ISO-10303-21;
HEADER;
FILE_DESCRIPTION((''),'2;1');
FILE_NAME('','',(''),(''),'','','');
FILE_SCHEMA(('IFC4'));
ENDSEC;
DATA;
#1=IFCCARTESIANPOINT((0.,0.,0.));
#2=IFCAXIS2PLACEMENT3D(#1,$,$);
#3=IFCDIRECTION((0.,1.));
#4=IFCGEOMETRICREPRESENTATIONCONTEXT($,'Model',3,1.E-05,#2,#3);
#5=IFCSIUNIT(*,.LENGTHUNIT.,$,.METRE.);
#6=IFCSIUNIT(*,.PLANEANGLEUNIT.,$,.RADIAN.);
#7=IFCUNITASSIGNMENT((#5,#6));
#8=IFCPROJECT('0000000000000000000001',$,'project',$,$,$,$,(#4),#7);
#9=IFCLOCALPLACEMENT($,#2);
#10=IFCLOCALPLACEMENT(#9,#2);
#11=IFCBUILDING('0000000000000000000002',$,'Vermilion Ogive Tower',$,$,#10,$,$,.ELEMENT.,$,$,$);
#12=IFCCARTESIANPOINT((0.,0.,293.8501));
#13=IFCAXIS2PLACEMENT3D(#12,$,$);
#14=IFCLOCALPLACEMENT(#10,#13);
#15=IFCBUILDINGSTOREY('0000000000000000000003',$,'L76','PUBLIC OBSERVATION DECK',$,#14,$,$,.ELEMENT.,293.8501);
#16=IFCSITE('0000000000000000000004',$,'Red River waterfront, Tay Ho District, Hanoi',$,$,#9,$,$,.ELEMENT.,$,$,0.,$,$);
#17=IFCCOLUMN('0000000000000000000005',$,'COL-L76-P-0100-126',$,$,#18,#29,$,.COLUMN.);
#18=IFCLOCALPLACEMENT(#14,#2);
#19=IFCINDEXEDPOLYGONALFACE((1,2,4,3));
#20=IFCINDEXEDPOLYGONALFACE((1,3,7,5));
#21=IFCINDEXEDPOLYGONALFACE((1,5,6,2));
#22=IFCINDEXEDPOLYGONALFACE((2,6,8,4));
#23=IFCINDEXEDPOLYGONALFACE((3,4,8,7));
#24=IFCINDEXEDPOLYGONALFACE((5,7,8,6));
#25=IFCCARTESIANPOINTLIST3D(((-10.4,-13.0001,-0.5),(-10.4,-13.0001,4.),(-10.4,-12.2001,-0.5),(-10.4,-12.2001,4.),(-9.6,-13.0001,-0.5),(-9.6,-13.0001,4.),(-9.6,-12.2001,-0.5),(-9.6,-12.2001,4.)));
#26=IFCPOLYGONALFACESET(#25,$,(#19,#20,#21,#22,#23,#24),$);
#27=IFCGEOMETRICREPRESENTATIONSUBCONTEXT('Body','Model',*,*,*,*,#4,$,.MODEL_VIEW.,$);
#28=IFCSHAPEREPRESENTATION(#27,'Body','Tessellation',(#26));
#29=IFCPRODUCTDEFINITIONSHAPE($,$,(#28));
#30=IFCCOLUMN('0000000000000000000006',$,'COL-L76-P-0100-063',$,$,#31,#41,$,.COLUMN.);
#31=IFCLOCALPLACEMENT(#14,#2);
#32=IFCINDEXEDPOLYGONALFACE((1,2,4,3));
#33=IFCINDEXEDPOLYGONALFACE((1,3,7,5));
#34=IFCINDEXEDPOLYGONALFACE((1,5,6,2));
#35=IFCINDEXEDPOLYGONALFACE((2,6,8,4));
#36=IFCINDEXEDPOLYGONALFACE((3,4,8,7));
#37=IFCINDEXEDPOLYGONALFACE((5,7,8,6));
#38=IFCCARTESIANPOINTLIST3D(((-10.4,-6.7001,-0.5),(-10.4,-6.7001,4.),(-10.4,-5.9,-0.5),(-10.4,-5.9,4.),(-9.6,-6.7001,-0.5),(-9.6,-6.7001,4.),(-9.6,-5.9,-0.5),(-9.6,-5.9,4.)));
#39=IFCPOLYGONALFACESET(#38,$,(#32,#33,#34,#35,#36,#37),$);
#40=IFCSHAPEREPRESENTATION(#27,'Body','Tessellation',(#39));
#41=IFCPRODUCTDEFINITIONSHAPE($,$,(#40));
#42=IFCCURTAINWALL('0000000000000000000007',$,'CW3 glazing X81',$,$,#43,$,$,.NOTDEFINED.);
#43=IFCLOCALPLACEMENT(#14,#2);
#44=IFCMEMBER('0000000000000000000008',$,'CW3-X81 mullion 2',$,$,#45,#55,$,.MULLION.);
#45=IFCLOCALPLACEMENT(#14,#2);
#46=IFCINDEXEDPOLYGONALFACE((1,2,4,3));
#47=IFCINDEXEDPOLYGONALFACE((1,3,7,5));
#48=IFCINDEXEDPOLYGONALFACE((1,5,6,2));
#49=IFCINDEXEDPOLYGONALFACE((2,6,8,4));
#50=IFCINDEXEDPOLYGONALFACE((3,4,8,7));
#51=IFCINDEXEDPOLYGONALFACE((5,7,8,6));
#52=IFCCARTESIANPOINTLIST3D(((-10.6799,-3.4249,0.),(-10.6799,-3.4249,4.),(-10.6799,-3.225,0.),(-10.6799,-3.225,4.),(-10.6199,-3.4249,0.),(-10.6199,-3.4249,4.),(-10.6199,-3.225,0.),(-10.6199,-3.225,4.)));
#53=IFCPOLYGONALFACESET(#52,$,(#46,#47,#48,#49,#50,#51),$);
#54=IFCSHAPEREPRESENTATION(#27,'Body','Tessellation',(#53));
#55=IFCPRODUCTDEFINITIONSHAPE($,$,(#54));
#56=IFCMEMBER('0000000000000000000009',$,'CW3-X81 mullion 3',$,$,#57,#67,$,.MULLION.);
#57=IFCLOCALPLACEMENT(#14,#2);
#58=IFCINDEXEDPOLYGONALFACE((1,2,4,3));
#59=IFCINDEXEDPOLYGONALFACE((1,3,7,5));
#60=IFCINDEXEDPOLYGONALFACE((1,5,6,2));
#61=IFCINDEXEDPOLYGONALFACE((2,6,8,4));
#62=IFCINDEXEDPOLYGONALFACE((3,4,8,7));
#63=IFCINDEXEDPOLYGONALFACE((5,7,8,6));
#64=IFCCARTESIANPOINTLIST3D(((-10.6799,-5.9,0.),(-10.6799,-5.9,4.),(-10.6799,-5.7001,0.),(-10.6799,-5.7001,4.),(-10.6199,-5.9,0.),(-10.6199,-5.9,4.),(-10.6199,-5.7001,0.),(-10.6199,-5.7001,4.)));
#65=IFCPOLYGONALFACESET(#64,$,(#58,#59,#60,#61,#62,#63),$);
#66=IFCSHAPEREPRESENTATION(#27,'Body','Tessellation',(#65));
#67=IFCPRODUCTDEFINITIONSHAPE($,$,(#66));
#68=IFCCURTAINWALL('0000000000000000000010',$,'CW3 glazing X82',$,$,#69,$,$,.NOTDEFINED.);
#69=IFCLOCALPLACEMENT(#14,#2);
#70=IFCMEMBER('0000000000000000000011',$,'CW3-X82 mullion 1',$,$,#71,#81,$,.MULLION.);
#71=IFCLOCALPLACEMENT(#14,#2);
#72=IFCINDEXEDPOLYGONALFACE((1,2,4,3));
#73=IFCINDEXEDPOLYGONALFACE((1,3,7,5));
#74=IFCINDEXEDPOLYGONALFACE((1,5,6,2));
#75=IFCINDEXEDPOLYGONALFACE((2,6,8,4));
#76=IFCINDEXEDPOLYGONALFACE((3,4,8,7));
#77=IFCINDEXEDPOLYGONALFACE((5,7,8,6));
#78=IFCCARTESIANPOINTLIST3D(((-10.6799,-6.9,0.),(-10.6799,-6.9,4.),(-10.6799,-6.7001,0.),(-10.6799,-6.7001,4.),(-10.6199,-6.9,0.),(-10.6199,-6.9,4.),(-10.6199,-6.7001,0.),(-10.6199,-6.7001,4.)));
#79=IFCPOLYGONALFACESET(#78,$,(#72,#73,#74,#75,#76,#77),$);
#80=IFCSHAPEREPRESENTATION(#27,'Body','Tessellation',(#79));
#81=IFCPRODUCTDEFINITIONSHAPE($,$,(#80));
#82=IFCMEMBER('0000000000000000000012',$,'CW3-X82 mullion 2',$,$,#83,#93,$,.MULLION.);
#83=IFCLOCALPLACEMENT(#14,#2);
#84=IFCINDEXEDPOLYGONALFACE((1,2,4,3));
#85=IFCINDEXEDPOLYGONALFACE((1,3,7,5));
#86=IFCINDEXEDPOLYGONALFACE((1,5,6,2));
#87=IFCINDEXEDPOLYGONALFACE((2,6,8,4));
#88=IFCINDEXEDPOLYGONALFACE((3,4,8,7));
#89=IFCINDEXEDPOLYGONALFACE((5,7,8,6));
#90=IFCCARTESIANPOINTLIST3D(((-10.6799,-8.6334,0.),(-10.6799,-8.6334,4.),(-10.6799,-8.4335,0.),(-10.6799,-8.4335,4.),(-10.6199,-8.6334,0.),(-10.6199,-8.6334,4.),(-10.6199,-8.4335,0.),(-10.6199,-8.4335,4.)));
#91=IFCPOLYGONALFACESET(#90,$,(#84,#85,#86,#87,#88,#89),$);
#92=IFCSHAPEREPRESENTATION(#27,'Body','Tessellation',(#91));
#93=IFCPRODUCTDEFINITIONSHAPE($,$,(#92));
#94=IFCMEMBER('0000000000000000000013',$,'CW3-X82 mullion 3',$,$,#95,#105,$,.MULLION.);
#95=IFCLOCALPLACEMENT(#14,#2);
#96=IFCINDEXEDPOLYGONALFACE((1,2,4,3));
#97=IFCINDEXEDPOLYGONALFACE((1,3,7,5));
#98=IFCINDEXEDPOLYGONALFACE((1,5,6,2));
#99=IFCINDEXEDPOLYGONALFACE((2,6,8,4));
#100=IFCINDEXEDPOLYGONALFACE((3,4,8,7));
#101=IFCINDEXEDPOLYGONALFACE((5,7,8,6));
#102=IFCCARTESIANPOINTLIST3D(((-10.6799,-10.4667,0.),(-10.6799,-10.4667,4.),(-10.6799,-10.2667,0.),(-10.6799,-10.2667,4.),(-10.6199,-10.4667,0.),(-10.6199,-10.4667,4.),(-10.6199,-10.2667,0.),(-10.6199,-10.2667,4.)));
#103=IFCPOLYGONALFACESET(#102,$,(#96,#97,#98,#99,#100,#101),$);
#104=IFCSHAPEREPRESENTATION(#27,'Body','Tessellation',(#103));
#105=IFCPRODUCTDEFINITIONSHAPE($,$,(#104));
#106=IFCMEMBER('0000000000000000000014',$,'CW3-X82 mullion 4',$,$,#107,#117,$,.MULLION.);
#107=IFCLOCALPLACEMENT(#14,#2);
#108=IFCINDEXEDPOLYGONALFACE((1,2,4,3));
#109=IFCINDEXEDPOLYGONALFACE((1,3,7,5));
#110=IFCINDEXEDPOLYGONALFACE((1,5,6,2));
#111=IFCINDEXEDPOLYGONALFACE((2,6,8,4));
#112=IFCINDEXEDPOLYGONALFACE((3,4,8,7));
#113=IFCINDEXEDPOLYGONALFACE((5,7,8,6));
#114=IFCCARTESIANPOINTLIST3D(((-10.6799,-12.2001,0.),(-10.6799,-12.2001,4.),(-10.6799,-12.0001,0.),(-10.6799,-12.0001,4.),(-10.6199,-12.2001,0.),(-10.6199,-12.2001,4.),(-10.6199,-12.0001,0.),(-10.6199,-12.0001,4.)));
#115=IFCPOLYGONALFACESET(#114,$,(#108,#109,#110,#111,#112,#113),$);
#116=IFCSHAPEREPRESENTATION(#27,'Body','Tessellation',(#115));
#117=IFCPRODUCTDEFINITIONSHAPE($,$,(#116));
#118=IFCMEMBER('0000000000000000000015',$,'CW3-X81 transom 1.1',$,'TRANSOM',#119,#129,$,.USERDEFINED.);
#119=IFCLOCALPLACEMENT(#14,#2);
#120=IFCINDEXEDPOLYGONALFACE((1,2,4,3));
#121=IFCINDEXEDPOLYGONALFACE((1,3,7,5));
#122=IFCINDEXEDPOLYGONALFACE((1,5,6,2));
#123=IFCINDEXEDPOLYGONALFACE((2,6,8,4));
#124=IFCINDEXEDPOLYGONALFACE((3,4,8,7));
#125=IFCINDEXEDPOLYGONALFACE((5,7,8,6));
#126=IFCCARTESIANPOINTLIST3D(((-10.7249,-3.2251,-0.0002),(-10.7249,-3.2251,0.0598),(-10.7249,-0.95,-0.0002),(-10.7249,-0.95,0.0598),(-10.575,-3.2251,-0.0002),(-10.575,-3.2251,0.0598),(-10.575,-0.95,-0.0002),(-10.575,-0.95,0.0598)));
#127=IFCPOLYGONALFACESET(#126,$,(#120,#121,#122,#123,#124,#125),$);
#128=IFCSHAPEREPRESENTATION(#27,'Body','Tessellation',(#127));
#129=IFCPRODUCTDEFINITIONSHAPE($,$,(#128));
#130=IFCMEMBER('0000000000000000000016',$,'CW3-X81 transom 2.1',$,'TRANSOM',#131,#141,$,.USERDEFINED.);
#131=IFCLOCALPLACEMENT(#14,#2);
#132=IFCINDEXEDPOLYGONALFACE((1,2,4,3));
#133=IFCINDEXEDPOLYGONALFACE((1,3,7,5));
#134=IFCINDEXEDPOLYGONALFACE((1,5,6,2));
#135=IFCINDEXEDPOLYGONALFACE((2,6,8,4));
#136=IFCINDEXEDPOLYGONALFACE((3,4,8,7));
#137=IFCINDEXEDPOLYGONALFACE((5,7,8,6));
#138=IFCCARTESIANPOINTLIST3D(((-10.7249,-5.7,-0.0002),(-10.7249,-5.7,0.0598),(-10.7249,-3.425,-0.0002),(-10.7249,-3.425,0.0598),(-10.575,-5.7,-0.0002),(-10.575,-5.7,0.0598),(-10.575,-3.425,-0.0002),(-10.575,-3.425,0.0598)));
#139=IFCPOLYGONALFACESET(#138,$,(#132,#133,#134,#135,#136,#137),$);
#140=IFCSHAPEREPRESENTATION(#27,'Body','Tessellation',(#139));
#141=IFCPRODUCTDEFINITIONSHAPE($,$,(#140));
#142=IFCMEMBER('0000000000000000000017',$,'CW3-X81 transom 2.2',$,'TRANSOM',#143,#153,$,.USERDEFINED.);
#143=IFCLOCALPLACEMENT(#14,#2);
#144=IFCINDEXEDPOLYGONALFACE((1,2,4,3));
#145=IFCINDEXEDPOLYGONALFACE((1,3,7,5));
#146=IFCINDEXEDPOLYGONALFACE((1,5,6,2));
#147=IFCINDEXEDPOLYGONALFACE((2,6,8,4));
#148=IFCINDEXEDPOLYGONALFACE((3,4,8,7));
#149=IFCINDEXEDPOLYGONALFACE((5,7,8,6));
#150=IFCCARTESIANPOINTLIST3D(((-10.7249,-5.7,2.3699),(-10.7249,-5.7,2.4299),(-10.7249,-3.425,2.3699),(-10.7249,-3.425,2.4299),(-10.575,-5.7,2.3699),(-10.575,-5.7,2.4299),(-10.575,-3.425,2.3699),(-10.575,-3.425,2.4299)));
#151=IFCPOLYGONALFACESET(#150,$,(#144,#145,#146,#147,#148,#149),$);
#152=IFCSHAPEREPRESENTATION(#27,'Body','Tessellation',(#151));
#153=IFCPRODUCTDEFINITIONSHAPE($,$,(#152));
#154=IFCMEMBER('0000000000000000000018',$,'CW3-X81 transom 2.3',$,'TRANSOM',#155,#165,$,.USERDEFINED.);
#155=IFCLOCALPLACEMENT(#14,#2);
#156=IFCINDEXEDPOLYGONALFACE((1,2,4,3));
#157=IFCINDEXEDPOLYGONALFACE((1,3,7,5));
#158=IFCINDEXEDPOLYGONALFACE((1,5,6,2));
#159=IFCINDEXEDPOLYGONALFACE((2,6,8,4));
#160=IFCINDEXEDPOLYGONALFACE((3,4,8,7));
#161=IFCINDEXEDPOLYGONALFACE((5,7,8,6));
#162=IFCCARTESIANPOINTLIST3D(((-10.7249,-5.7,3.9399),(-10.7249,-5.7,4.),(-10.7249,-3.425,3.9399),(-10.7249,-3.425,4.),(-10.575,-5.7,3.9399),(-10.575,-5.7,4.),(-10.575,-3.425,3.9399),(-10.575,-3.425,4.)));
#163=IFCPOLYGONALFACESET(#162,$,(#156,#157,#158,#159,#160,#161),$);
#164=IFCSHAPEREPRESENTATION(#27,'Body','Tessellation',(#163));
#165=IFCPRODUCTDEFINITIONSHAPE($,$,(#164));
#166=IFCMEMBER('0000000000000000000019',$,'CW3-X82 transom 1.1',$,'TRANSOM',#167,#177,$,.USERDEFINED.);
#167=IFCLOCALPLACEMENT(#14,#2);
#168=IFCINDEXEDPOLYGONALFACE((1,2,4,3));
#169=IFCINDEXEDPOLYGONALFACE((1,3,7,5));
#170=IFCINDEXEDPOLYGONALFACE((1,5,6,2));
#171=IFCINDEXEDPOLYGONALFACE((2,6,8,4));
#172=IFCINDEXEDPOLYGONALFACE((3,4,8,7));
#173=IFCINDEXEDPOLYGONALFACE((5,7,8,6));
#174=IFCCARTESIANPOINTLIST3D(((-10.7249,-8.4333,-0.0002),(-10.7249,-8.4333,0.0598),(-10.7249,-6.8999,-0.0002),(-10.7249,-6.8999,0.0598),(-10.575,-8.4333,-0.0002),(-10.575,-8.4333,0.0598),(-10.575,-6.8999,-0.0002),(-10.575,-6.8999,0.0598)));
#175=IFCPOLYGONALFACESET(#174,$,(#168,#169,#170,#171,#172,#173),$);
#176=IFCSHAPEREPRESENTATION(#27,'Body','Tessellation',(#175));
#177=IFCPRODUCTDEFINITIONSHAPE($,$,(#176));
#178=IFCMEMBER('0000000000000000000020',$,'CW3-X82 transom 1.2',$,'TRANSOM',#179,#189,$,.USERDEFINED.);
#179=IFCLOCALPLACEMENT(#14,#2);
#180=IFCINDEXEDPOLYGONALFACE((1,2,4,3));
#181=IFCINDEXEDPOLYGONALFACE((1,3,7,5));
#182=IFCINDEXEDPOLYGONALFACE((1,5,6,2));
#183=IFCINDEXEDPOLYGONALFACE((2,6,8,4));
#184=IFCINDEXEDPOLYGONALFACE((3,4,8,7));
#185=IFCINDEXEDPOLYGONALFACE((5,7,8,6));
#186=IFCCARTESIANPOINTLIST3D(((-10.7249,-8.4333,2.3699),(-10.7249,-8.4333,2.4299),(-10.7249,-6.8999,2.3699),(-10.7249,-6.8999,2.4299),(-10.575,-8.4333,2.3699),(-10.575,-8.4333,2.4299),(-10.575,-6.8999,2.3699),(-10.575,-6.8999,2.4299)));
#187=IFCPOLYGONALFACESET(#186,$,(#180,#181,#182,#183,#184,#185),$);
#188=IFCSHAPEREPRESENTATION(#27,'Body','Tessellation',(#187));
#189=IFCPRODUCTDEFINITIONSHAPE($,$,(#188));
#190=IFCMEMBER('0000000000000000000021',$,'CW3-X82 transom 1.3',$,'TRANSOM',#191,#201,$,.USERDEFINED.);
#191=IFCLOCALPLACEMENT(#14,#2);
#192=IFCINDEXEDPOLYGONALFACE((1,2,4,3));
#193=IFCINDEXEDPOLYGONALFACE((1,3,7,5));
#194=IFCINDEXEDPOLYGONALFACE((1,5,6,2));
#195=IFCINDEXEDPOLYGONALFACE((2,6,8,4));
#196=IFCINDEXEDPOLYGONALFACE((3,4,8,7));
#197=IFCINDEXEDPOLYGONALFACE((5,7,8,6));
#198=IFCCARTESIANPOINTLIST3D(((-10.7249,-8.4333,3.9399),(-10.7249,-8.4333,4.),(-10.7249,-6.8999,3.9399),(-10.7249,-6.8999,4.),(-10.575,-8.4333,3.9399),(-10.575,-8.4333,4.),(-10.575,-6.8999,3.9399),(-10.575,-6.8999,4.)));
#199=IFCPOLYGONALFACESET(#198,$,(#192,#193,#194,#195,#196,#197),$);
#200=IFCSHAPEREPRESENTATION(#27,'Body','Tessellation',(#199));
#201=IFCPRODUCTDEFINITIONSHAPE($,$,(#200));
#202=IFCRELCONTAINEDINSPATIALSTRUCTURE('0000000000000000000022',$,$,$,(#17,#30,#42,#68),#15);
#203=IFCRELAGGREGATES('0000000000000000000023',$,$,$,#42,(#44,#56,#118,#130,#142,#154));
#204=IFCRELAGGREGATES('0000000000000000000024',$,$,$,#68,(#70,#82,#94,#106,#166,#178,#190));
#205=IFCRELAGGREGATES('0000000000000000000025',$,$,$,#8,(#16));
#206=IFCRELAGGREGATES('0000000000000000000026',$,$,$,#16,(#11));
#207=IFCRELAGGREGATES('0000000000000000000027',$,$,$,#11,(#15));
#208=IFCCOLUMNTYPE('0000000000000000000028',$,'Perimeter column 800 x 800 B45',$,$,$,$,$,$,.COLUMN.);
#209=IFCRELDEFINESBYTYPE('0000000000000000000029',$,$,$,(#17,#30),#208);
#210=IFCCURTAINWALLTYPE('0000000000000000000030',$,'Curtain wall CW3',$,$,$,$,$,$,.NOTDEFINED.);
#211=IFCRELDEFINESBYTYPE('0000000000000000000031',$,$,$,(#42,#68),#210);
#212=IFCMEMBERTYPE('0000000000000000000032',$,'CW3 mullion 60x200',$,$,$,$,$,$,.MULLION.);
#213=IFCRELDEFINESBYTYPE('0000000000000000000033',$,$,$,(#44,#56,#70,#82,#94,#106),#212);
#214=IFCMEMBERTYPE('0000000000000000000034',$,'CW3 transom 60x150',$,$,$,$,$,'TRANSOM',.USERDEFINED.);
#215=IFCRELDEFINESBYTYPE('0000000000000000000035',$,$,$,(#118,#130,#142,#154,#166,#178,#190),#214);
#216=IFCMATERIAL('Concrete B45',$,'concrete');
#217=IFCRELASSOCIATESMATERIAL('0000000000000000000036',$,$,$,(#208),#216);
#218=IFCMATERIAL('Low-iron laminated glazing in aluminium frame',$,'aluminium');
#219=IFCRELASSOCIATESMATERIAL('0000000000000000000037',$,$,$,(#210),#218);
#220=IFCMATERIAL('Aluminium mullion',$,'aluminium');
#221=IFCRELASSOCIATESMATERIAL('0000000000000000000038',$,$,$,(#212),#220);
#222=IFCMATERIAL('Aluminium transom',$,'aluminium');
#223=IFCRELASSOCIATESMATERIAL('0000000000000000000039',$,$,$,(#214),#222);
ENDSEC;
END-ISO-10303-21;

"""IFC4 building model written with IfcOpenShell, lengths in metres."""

from ifc_helpers import new_model, si_unit, direction, frame, origin, origin_2d, place, context, subcontext, project, spatial, rectangle, extrude, material, material_profile, profile_set, type_object, element, aggregate, save


model = new_model("IFC4")

# Units and contexts
model_context = context("Model", 3, precision=1e-05, world=origin(), true_north=direction((0.0, 1.0)))
body_context = subcontext(model_context, "Body", "Model", "MODEL_VIEW")
ifc_project = project(units=[si_unit("LENGTHUNIT", "METRE"), si_unit("PLANEANGLEUNIT", "RADIAN")], contexts=[model_context])

# Site, building, storey
site_placement = place(None, origin())
site = spatial("IfcSite", under=ifc_project, at=site_placement, Name="Red River waterfront, Tay Ho District, Hanoi", CompositionType="ELEMENT", RefElevation=0.0)
building_placement = place(site_placement, origin())
building = spatial("IfcBuilding", under=site, at=building_placement, Name="Vermilion Ogive Tower", CompositionType="ELEMENT")
storey_placement = place(building_placement, frame((0.0, 0.0, 293.8501)))
storey = spatial("IfcBuildingStorey", under=building, at=storey_placement, Name="L76", Description="PUBLIC OBSERVATION DECK", CompositionType="ELEMENT", Elevation=293.8501)

# Columns
ifc_material_1 = material(Name="Concrete B45", Category="concrete")
ifc_material_profile_1 = material_profile(ifc_material_1, rectangle(XDim=0.8, YDim=0.8, at=origin_2d()), Name="800 x 800")
ifc_profile_set_1 = profile_set([ifc_material_profile_1], Name="Concrete B45")
column_type = type_object("IfcColumnType", Name="Perimeter column 800 x 800 B45", PredefinedType="COLUMN", material=ifc_profile_set_1)
for number, where, z_axis, x_axis, name in (
    (1, (-10.0, -12.6001, -0.5), (0.0, 0.0, 1.0), (1.0, 0.0, 0.0), "COL-L76-P-0100-126"),
    (2, (-10.0, -6.3, -0.5), (0.0, 0.0, 1.0), (1.0, 0.0, 0.0), "COL-L76-P-0100-063"),
):
    element("IfcColumn", number, at=place(storey_placement, frame(where, z_axis=z_axis, x_axis=x_axis)), inside=storey, type_object=column_type, Name=name, PredefinedType="COLUMN", context=body_context, shape_type="SweptSolid", body=[
        extrude(rectangle(XDim=0.8, YDim=0.8, at=origin_2d()), origin(), (0.0, 0.0, 1.0), 4.5),
    ])

# Curtain walls, members
ifc_material_2 = material(Name="Low-iron laminated glazing in aluminium frame", Category="aluminium")
curtain_wall_type = type_object("IfcCurtainWallType", Name="Curtain wall CW3", PredefinedType="NOTDEFINED", material=ifc_material_2)
curtain_wall_1_placement = place(storey_placement, origin())
curtain_wall_1 = element("IfcCurtainWall", 3, at=curtain_wall_1_placement, inside=storey, type_object=curtain_wall_type, Name="CW3 glazing X81", PredefinedType="NOTDEFINED")
ifc_material_3 = material(Name="Aluminium mullion", Category="aluminium")
ifc_material_profile_2 = material_profile(ifc_material_3, rectangle(XDim=0.0601, YDim=0.2, at=origin_2d()), Name="AL 60x200")
ifc_profile_set_2 = profile_set([ifc_material_profile_2], Name="Aluminium mullion")
member_type_1 = type_object("IfcMemberType", Name="CW3 mullion 60x200", PredefinedType="MULLION", material=ifc_profile_set_2)
member_1_placement = place(storey_placement, frame((-10.6499, -3.325, 0.0), z_axis=(0.0, 0.0, 1.0), x_axis=(1.0, 0.0, 0.0)))
member_1 = element("IfcMember", 4, at=member_1_placement, type_object=member_type_1, Name="CW3-X81 mullion 2", PredefinedType="MULLION", context=body_context, shape_type="SweptSolid", body=[
    extrude(rectangle(XDim=0.0601, YDim=0.2, at=origin_2d()), origin(), (0.0, 0.0, 1.0), 4.0),
])
member_2_placement = place(storey_placement, frame((-10.6499, -5.8, 0.0), z_axis=(0.0, 0.0, 1.0), x_axis=(1.0, 0.0, 0.0)))
member_2 = element("IfcMember", 5, at=member_2_placement, type_object=member_type_1, Name="CW3-X81 mullion 3", PredefinedType="MULLION", context=body_context, shape_type="SweptSolid", body=[
    extrude(rectangle(XDim=0.0601, YDim=0.2, at=origin_2d()), origin(), (0.0, 0.0, 1.0), 4.0),
])
curtain_wall_2_placement = place(storey_placement, origin())
curtain_wall_2 = element("IfcCurtainWall", 6, at=curtain_wall_2_placement, inside=storey, type_object=curtain_wall_type, Name="CW3 glazing X82", PredefinedType="NOTDEFINED")
member_3_placement = place(storey_placement, frame((-10.6499, -6.8, 0.0), z_axis=(0.0, 0.0, 1.0), x_axis=(1.0, 0.0, 0.0)))
member_3 = element("IfcMember", 7, at=member_3_placement, type_object=member_type_1, Name="CW3-X82 mullion 1", PredefinedType="MULLION", context=body_context, shape_type="SweptSolid", body=[
    extrude(rectangle(XDim=0.0601, YDim=0.2, at=origin_2d()), origin(), (0.0, 0.0, 1.0), 4.0),
])
member_4_placement = place(storey_placement, frame((-10.6499, -8.5334, 0.0), z_axis=(0.0, 0.0, 1.0), x_axis=(1.0, 0.0, 0.0)))
member_4 = element("IfcMember", 8, at=member_4_placement, type_object=member_type_1, Name="CW3-X82 mullion 2", PredefinedType="MULLION", context=body_context, shape_type="SweptSolid", body=[
    extrude(rectangle(XDim=0.0601, YDim=0.2, at=origin_2d()), origin(), (0.0, 0.0, 1.0), 4.0),
])
member_5_placement = place(storey_placement, frame((-10.6499, -10.3667, 0.0), z_axis=(0.0, 0.0, 1.0), x_axis=(1.0, 0.0, 0.0)))
member_5 = element("IfcMember", 9, at=member_5_placement, type_object=member_type_1, Name="CW3-X82 mullion 3", PredefinedType="MULLION", context=body_context, shape_type="SweptSolid", body=[
    extrude(rectangle(XDim=0.0601, YDim=0.2, at=origin_2d()), origin(), (0.0, 0.0, 1.0), 4.0),
])
member_6_placement = place(storey_placement, frame((-10.6499, -12.1001, 0.0), z_axis=(0.0, 0.0, 1.0), x_axis=(1.0, 0.0, 0.0)))
member_6 = element("IfcMember", 10, at=member_6_placement, type_object=member_type_1, Name="CW3-X82 mullion 4", PredefinedType="MULLION", context=body_context, shape_type="SweptSolid", body=[
    extrude(rectangle(XDim=0.0601, YDim=0.2, at=origin_2d()), origin(), (0.0, 0.0, 1.0), 4.0),
])

# Members
ifc_material_4 = material(Name="Aluminium transom", Category="aluminium")
ifc_material_profile_3 = material_profile(ifc_material_4, rectangle(XDim=0.1499, YDim=0.0601, at=origin_2d()), Name="AL 60x150")
ifc_profile_set_3 = profile_set([ifc_material_profile_3], Name="Aluminium transom")
member_type_2 = type_object("IfcMemberType", Name="CW3 transom 60x150", ElementType="TRANSOM", PredefinedType="USERDEFINED", material=ifc_profile_set_3)
member_7_placement = place(storey_placement, frame((-10.6499, -0.95, 0.0298), z_axis=(0.0, -1.0, 0.0), x_axis=(1.0, 0.0, 0.0)))
member_7 = element("IfcMember", 11, at=member_7_placement, type_object=member_type_2, Name="CW3-X81 transom 1.1", ObjectType="TRANSOM", PredefinedType="USERDEFINED", context=body_context, shape_type="SweptSolid", body=[
    extrude(rectangle(XDim=0.1499, YDim=0.0601, at=origin_2d()), origin(), (0.0, 0.0, 1.0), 2.2751),
])
member_8_placement = place(storey_placement, frame((-10.6499, -3.425, 0.0298), z_axis=(0.0, -1.0, 0.0), x_axis=(1.0, 0.0, 0.0)))
member_8 = element("IfcMember", 12, at=member_8_placement, type_object=member_type_2, Name="CW3-X81 transom 2.1", ObjectType="TRANSOM", PredefinedType="USERDEFINED", context=body_context, shape_type="SweptSolid", body=[
    extrude(rectangle(XDim=0.1499, YDim=0.0601, at=origin_2d()), origin(), (0.0, 0.0, 1.0), 2.2749),
])
member_9_placement = place(storey_placement, frame((-10.6499, -3.425, 2.3999), z_axis=(0.0, -1.0, 0.0), x_axis=(1.0, 0.0, 0.0)))
member_9 = element("IfcMember", 13, at=member_9_placement, type_object=member_type_2, Name="CW3-X81 transom 2.2", ObjectType="TRANSOM", PredefinedType="USERDEFINED", context=body_context, shape_type="SweptSolid", body=[
    extrude(rectangle(XDim=0.1499, YDim=0.0601, at=origin_2d()), origin(), (0.0, 0.0, 1.0), 2.2749),
])
member_10_placement = place(storey_placement, frame((-10.6499, -3.425, 3.97), z_axis=(0.0, -1.0, 0.0), x_axis=(1.0, 0.0, 0.0)))
member_10 = element("IfcMember", 14, at=member_10_placement, type_object=member_type_2, Name="CW3-X81 transom 2.3", ObjectType="TRANSOM", PredefinedType="USERDEFINED", context=body_context, shape_type="SweptSolid", body=[
    extrude(rectangle(XDim=0.1499, YDim=0.0601, at=origin_2d()), origin(), (0.0, 0.0, 1.0), 2.2749),
])
member_11_placement = place(storey_placement, frame((-10.6499, -6.8999, 0.0298), z_axis=(0.0, -1.0, 0.0), x_axis=(1.0, 0.0, 0.0)))
member_11 = element("IfcMember", 15, at=member_11_placement, type_object=member_type_2, Name="CW3-X82 transom 1.1", ObjectType="TRANSOM", PredefinedType="USERDEFINED", context=body_context, shape_type="SweptSolid", body=[
    extrude(rectangle(XDim=0.1499, YDim=0.0601, at=origin_2d()), origin(), (0.0, 0.0, 1.0), 1.5334),
])
member_12_placement = place(storey_placement, frame((-10.6499, -6.8999, 2.3999), z_axis=(0.0, -1.0, 0.0), x_axis=(1.0, 0.0, 0.0)))
member_12 = element("IfcMember", 16, at=member_12_placement, type_object=member_type_2, Name="CW3-X82 transom 1.2", ObjectType="TRANSOM", PredefinedType="USERDEFINED", context=body_context, shape_type="SweptSolid", body=[
    extrude(rectangle(XDim=0.1499, YDim=0.0601, at=origin_2d()), origin(), (0.0, 0.0, 1.0), 1.5334),
])
member_13_placement = place(storey_placement, frame((-10.6499, -6.8999, 3.97), z_axis=(0.0, -1.0, 0.0), x_axis=(1.0, 0.0, 0.0)))
member_13 = element("IfcMember", 17, at=member_13_placement, type_object=member_type_2, Name="CW3-X82 transom 1.3", ObjectType="TRANSOM", PredefinedType="USERDEFINED", context=body_context, shape_type="SweptSolid", body=[
    extrude(rectangle(XDim=0.1499, YDim=0.0601, at=origin_2d()), origin(), (0.0, 0.0, 1.0), 1.5334),
])

aggregate(curtain_wall_1, [member_1, member_2, member_7, member_8, member_9, member_10])
aggregate(curtain_wall_2, [member_3, member_4, member_5, member_6, member_11, member_12, member_13])

save(model, "model.ifc")
